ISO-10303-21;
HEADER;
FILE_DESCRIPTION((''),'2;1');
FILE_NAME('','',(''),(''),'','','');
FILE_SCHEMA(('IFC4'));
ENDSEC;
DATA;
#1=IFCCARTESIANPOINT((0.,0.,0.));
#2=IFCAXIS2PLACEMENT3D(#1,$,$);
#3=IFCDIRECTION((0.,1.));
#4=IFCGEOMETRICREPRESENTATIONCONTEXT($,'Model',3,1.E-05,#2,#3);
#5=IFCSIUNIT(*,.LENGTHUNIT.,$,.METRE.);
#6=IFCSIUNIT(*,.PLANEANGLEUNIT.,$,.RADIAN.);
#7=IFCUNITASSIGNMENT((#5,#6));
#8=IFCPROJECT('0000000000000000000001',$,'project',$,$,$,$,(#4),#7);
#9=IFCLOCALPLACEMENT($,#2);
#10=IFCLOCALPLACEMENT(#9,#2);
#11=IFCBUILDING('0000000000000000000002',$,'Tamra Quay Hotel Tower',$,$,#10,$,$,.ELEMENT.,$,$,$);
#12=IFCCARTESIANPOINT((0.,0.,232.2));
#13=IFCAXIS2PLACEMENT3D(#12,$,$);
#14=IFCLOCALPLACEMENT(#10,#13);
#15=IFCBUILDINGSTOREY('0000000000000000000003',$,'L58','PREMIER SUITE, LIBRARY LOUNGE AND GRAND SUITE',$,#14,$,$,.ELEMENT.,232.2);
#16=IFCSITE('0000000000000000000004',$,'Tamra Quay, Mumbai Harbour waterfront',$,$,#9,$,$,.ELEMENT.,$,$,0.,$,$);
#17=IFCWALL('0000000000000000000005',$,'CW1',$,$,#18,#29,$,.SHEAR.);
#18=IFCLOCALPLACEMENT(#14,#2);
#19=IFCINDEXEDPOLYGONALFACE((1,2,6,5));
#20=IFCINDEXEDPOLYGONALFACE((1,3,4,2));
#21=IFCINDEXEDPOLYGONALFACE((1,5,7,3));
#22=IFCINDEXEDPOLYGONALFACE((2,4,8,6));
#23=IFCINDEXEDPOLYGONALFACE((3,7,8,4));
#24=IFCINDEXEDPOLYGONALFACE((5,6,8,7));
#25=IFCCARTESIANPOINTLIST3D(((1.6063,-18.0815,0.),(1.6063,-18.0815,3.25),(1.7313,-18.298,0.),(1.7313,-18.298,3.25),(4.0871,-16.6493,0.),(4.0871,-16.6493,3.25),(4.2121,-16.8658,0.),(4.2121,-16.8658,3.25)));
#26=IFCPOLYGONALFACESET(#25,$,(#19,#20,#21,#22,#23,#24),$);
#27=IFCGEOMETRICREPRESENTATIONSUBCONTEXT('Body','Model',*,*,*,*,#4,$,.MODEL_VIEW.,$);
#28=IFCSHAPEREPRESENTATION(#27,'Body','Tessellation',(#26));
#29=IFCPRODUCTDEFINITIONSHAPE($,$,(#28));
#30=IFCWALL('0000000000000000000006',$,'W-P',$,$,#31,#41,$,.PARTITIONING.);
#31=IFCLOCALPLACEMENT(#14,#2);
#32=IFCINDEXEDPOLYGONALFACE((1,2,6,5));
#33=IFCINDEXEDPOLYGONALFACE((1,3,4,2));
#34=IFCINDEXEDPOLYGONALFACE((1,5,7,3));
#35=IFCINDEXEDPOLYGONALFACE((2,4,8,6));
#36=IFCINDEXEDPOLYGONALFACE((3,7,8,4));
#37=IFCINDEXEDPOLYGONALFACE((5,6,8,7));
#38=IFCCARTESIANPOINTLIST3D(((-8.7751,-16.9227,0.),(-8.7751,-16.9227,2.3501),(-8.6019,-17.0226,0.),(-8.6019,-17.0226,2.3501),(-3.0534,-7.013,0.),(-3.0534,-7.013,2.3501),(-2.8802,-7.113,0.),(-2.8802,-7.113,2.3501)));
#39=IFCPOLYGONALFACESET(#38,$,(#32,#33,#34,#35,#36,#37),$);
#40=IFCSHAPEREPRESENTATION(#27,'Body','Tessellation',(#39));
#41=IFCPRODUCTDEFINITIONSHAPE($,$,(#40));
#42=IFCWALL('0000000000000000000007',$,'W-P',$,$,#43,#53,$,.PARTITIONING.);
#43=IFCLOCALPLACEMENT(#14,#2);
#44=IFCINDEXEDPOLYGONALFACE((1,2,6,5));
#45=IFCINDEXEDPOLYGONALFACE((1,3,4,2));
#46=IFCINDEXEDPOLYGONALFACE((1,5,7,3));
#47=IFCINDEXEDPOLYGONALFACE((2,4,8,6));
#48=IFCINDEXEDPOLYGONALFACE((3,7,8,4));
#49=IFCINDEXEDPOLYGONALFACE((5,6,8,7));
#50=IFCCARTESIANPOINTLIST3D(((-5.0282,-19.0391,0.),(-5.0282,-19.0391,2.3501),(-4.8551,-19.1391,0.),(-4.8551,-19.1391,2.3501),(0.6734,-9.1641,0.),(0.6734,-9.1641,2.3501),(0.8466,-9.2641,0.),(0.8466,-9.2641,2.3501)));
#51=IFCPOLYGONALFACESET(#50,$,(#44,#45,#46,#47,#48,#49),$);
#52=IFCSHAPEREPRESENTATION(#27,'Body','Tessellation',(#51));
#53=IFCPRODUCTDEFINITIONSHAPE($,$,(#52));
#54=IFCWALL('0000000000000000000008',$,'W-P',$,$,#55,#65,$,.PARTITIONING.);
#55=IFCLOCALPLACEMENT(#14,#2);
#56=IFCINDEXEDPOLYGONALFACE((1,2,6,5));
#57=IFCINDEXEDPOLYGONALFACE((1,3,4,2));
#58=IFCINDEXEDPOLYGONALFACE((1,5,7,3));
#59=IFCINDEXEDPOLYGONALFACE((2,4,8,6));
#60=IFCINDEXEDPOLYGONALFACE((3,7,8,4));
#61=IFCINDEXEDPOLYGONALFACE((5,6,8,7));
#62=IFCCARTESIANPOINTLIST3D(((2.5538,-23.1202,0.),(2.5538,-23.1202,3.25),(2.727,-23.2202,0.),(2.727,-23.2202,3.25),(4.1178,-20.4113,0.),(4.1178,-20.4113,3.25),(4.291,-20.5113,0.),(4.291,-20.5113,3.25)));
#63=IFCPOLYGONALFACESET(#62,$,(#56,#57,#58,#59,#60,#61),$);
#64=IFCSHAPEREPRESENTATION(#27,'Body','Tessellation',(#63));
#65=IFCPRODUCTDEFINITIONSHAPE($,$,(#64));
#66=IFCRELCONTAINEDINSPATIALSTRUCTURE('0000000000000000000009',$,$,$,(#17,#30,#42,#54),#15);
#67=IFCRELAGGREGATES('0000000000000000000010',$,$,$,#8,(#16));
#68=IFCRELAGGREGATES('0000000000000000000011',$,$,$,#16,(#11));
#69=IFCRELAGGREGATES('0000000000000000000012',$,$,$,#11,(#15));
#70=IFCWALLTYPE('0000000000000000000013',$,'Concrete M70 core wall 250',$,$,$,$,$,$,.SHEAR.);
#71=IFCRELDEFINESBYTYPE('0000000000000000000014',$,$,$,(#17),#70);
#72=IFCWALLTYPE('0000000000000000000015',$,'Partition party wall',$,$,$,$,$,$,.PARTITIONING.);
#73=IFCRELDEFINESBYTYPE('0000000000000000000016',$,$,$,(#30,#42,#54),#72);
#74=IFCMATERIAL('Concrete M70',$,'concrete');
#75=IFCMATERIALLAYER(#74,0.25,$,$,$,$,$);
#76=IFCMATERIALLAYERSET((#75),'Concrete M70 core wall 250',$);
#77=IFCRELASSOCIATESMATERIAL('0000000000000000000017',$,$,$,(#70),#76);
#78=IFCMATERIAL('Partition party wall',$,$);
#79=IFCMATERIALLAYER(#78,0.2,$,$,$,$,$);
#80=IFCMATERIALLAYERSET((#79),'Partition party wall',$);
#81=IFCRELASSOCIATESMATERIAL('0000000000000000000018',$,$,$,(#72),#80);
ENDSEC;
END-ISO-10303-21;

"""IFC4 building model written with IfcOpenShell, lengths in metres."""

from ifc_helpers import new_model, si_unit, direction, frame, frame_2d, origin, place, context, subcontext, project, spatial, rectangle, extrude, material, layer, layer_set, type_object, element, save


model = new_model("IFC4")

# Units and contexts
model_context = context("Model", 3, precision=1e-05, world=origin(), true_north=direction((0.0, 1.0)))
body_context = subcontext(model_context, "Body", "Model", "MODEL_VIEW")
ifc_project = project(units=[si_unit("LENGTHUNIT", "METRE"), si_unit("PLANEANGLEUNIT", "RADIAN")], contexts=[model_context])

# Site, building, storey
site_placement = place(None, origin())
site = spatial("IfcSite", under=ifc_project, at=site_placement, Name="Tamra Quay, Mumbai Harbour waterfront", CompositionType="ELEMENT", RefElevation=0.0)
building_placement = place(site_placement, origin())
building = spatial("IfcBuilding", under=site, at=building_placement, Name="Tamra Quay Hotel Tower", CompositionType="ELEMENT")
storey_placement = place(building_placement, frame((0.0, 0.0, 232.2)))
storey = spatial("IfcBuildingStorey", under=building, at=storey_placement, Name="L58", Description="PREMIER SUITE, LIBRARY LOUNGE AND GRAND SUITE", CompositionType="ELEMENT", Elevation=232.2)

# Shared definitions
ifc_material_1 = material(Name="Concrete M70", Category="concrete")

# Walls
ifc_layer_1 = layer(ifc_material_1, 0.25)
ifc_layer_set_1 = layer_set([ifc_layer_1], Name="Concrete M70 core wall 250")
wall_type_1 = type_object("IfcWallType", Name="Concrete M70 core wall 250", PredefinedType="SHEAR", material=ifc_layer_set_1)
wall_1_placement = place(storey_placement, frame((1.6689, -18.1897, 0.0), z_axis=(0.0, 0.0, 1.0), x_axis=(0.866042, 0.499971, 0.0)))
element("IfcWall", 1, at=wall_1_placement, inside=storey, type_object=wall_type_1, Name="CW1", PredefinedType="SHEAR", context=body_context, shape_type="SweptSolid", body=[
    extrude(rectangle(XDim=2.8645, YDim=0.25, at=frame_2d((1.4321, 0.0))), origin(), (0.0, 0.0, 1.0), 3.25),
])
ifc_material_2 = material(Name="Partition party wall")
ifc_layer_2 = layer(ifc_material_2, 0.2)
ifc_layer_set_2 = layer_set([ifc_layer_2], Name="Partition party wall")
wall_type_2 = type_object("IfcWallType", Name="Partition party wall", PredefinedType="PARTITIONING", material=ifc_layer_set_2)
wall_2_placement = place(storey_placement, frame((-8.6885, -16.9727, 0.0), z_axis=(0.0, 0.0, 1.0), x_axis=(0.500022, 0.866013, 0.0)))
element("IfcWall", 2, at=wall_2_placement, inside=storey, type_object=wall_type_2, Name="W-P", PredefinedType="PARTITIONING", context=body_context, shape_type="SweptSolid", body=[
    extrude(rectangle(XDim=11.4429, YDim=0.2, at=frame_2d((5.7214, 0.0))), origin(), (0.0, 0.0, 1.0), 2.3501),
])
wall_3_placement = place(storey_placement, frame((-4.9417, -19.0891, 0.0), z_axis=(0.0, 0.0, 1.0), x_axis=(0.500021, 0.866013, 0.0)))
element("IfcWall", 3, at=wall_3_placement, inside=storey, type_object=wall_type_2, Name="W-P", PredefinedType="PARTITIONING", context=body_context, shape_type="SweptSolid", body=[
    extrude(rectangle(XDim=11.4028, YDim=0.2, at=frame_2d((5.7014, 0.0))), origin(), (0.0, 0.0, 1.0), 2.3501),
])
wall_4_placement = place(storey_placement, frame((2.6404, -23.1702, 0.0), z_axis=(0.0, 0.0, 1.0), x_axis=(0.500017, 0.866015, 0.0)))
element("IfcWall", 4, at=wall_4_placement, inside=storey, type_object=wall_type_2, Name="W-P", PredefinedType="PARTITIONING", context=body_context, shape_type="SweptSolid", body=[
    extrude(rectangle(XDim=3.1279, YDim=0.2, at=frame_2d((1.564, 0.0))), origin(), (0.0, 0.0, 1.0), 3.25),
])

save(model, "model.ifc")
